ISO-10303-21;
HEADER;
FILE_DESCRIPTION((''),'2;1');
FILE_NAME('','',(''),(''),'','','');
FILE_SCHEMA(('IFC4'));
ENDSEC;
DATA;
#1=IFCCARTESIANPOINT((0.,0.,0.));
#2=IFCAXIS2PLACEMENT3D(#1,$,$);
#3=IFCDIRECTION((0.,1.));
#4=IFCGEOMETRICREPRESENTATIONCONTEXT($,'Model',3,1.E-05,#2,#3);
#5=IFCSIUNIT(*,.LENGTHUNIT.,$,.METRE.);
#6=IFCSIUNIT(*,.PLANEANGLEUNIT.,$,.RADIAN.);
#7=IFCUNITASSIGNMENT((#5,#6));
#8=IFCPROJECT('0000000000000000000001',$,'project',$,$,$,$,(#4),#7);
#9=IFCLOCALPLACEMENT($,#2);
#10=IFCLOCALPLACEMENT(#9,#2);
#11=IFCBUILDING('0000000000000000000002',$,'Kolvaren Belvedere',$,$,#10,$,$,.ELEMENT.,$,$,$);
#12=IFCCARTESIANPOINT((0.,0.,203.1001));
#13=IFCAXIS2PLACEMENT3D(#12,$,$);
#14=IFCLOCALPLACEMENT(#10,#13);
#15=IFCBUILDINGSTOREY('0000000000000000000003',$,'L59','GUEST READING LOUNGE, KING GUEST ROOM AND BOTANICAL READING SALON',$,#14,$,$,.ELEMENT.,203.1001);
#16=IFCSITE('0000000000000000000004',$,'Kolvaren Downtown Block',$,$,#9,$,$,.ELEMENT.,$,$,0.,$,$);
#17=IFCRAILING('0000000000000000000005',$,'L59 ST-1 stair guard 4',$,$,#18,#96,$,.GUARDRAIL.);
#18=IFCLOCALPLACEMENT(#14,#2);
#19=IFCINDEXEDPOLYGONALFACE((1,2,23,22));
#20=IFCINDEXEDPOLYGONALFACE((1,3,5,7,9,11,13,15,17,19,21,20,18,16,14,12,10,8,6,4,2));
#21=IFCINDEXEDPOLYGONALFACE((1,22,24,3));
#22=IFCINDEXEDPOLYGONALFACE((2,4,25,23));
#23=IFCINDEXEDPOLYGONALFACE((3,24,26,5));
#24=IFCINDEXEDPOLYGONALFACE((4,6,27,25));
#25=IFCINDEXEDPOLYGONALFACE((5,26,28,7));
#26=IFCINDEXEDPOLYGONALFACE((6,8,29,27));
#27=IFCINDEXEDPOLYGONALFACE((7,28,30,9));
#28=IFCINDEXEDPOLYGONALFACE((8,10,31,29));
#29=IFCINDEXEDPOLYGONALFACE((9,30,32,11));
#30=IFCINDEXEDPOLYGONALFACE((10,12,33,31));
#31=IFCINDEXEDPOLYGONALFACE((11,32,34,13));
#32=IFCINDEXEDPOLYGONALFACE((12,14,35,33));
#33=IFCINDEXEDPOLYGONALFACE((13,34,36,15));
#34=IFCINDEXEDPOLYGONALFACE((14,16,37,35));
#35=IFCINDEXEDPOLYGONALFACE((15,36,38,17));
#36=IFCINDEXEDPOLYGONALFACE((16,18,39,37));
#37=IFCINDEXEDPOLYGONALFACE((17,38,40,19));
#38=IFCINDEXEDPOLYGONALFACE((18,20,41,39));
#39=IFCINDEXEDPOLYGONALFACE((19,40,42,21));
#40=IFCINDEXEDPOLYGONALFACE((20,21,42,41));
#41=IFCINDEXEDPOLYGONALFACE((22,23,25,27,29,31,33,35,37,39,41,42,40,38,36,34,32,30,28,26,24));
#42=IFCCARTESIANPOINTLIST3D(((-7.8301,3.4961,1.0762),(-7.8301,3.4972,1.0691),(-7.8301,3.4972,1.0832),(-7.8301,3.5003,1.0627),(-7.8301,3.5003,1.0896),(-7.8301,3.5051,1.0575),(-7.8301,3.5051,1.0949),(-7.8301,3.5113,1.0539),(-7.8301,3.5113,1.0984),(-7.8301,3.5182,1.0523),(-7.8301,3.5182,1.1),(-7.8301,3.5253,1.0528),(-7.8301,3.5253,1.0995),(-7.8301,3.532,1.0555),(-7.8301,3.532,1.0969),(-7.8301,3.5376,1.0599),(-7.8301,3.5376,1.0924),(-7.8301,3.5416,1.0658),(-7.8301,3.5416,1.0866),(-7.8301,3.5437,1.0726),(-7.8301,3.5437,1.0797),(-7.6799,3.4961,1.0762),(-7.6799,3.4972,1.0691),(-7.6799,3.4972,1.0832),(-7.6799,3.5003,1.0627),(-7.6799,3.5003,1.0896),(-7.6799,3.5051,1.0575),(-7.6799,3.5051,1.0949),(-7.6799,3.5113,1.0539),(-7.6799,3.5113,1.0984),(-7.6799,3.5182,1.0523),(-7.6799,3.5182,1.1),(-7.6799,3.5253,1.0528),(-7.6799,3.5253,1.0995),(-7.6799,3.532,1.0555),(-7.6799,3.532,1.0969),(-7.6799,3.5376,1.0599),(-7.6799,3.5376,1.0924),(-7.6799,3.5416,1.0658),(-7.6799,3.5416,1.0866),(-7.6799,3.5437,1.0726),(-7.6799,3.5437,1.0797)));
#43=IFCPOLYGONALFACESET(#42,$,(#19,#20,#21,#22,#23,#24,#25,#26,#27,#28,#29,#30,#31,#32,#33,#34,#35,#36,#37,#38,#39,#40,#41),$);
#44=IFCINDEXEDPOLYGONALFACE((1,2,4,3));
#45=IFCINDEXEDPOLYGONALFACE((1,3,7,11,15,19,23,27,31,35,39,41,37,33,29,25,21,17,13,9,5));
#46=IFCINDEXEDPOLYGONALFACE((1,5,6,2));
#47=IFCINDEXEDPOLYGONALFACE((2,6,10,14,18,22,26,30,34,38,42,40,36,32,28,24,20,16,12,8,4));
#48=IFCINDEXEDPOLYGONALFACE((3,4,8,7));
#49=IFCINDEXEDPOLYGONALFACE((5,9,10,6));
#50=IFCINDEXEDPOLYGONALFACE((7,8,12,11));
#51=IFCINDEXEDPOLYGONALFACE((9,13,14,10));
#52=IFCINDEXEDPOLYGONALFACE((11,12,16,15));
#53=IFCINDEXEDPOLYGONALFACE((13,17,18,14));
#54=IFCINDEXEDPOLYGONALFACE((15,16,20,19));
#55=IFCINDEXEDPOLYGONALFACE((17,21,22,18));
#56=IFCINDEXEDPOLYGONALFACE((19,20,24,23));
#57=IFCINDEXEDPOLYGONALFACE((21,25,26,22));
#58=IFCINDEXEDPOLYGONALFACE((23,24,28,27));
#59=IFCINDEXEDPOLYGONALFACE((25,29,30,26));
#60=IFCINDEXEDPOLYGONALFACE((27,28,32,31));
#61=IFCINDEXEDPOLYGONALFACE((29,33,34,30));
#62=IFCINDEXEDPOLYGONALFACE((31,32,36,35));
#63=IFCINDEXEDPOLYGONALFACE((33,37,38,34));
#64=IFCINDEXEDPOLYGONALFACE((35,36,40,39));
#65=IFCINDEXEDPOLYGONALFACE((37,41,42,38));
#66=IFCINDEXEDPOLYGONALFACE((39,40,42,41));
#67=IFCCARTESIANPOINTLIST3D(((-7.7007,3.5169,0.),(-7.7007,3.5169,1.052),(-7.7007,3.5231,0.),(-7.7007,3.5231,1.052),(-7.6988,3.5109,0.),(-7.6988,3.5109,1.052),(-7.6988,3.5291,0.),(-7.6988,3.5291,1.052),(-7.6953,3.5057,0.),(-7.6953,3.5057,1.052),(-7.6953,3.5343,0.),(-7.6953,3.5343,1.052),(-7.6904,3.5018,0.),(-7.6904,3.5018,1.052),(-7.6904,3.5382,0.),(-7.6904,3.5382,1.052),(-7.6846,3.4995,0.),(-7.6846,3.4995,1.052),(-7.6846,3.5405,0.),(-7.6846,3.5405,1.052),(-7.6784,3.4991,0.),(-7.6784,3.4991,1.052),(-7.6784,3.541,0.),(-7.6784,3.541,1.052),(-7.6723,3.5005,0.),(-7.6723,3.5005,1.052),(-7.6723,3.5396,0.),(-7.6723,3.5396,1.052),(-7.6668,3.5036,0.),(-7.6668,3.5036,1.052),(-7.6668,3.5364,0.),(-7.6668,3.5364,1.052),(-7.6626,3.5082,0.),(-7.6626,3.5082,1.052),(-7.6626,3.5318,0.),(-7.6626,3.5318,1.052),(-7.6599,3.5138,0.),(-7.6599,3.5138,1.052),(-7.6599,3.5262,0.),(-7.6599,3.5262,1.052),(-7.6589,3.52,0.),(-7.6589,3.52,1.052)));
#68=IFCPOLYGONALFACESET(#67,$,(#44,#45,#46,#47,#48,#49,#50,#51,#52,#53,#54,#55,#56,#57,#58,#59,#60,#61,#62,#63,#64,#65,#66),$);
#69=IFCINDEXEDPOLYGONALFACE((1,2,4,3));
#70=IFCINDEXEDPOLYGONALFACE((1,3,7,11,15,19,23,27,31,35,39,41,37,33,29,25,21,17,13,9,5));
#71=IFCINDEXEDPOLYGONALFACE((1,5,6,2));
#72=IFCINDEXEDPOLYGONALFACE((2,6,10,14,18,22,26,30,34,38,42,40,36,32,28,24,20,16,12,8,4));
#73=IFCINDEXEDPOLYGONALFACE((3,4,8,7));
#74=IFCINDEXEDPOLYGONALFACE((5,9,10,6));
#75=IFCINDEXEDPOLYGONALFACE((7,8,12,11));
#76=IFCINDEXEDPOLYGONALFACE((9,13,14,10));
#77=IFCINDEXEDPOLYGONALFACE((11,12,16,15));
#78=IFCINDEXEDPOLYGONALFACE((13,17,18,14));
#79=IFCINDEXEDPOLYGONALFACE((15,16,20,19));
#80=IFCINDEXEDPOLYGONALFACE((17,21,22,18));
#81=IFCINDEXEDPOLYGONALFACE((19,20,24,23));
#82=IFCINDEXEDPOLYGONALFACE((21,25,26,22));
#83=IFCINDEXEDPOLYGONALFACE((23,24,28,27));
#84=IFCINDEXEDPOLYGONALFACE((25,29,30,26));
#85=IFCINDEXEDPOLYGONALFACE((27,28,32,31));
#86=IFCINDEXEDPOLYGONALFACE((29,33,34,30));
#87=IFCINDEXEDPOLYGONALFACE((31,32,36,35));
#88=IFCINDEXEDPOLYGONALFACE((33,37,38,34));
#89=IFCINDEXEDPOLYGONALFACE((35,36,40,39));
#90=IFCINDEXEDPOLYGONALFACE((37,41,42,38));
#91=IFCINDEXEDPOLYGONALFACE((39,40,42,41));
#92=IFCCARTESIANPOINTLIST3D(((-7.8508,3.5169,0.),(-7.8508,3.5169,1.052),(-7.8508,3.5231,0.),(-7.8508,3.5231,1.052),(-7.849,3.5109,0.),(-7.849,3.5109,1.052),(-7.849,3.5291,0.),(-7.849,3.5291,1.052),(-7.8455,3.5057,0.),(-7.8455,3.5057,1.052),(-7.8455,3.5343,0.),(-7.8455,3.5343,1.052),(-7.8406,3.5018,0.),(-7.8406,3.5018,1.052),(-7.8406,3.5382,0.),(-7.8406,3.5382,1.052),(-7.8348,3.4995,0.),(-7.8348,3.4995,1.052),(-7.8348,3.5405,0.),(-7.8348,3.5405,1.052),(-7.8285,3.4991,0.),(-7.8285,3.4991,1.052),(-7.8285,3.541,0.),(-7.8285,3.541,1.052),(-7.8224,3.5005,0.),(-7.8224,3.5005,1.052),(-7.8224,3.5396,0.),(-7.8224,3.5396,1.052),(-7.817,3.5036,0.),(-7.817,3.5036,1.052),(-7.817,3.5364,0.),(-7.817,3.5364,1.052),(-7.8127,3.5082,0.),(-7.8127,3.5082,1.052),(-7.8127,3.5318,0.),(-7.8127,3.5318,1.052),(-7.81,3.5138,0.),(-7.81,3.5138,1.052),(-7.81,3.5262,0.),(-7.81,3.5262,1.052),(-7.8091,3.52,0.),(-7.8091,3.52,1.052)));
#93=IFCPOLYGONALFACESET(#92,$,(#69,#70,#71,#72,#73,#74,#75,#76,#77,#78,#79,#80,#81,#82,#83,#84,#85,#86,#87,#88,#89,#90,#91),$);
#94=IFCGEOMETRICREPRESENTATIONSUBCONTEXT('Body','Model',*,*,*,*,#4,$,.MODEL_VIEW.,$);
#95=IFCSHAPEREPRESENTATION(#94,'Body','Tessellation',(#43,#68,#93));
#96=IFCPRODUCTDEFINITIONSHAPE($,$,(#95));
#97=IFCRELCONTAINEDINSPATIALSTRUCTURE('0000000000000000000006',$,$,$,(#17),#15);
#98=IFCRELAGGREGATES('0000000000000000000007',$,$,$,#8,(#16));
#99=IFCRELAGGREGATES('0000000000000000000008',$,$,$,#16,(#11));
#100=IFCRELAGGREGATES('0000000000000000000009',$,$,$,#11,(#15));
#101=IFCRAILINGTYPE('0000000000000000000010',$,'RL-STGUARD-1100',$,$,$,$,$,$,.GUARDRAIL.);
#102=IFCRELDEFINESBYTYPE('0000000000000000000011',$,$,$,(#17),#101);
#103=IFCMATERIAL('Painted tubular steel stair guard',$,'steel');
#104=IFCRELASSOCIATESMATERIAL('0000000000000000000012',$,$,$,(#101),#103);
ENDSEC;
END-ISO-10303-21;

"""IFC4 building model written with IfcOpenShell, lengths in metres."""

from ifc_helpers import new_model, si_unit, direction, frame, origin, origin_2d, place, context, subcontext, project, spatial, circle, extrude, material, type_object, element, save


model = new_model("IFC4")

# Units and contexts
model_context = context("Model", 3, precision=1e-05, world=origin(), true_north=direction((0.0, 1.0)))
body_context = subcontext(model_context, "Body", "Model", "MODEL_VIEW")
ifc_project = project(units=[si_unit("LENGTHUNIT", "METRE"), si_unit("PLANEANGLEUNIT", "RADIAN")], contexts=[model_context])

# Site, building, storey
site_placement = place(None, origin())
site = spatial("IfcSite", under=ifc_project, at=site_placement, Name="Kolvaren Downtown Block", CompositionType="ELEMENT", RefElevation=0.0)
building_placement = place(site_placement, origin())
building = spatial("IfcBuilding", under=site, at=building_placement, Name="Kolvaren Belvedere", CompositionType="ELEMENT")
storey_placement = place(building_placement, frame((0.0, 0.0, 203.1001)))
storey = spatial("IfcBuildingStorey", under=building, at=storey_placement, Name="L59", Description="GUEST READING LOUNGE, KING GUEST ROOM AND BOTANICAL READING SALON", CompositionType="ELEMENT", Elevation=203.1001)

# Railing
ifc_material_1 = material(Name="Painted tubular steel stair guard", Category="steel")
railing_type_1 = type_object("IfcRailingType", Name="RL-STGUARD-1100", PredefinedType="GUARDRAIL", material=ifc_material_1)
railing_1_placement = place(storey_placement, frame((-7.6799, 3.52, 0.0)))
element("IfcRailing", 1, at=railing_1_placement, inside=storey, type_object=railing_type_1, Name="L59 ST-1 stair guard 4", PredefinedType="GUARDRAIL", context=body_context, shape_type="SweptSolid", body=[
    extrude(circle(Radius=0.0239, at=origin_2d()), frame((0.0, 0.0, 1.0762), z_axis=(-1.0, 0.0, 0.0), x_axis=(0.0, -1.0, 0.0)), (0.0, 0.0, 1.0), 0.1501),
    extrude(circle(Radius=0.021, at=origin_2d()), origin(), (0.0, 0.0, 1.0), 1.052),
    extrude(circle(Radius=0.021, at=origin_2d()), frame((-0.1501, 0.0, 0.0)), (0.0, 0.0, 1.0), 1.052),
])

save(model, "model.ifc")
